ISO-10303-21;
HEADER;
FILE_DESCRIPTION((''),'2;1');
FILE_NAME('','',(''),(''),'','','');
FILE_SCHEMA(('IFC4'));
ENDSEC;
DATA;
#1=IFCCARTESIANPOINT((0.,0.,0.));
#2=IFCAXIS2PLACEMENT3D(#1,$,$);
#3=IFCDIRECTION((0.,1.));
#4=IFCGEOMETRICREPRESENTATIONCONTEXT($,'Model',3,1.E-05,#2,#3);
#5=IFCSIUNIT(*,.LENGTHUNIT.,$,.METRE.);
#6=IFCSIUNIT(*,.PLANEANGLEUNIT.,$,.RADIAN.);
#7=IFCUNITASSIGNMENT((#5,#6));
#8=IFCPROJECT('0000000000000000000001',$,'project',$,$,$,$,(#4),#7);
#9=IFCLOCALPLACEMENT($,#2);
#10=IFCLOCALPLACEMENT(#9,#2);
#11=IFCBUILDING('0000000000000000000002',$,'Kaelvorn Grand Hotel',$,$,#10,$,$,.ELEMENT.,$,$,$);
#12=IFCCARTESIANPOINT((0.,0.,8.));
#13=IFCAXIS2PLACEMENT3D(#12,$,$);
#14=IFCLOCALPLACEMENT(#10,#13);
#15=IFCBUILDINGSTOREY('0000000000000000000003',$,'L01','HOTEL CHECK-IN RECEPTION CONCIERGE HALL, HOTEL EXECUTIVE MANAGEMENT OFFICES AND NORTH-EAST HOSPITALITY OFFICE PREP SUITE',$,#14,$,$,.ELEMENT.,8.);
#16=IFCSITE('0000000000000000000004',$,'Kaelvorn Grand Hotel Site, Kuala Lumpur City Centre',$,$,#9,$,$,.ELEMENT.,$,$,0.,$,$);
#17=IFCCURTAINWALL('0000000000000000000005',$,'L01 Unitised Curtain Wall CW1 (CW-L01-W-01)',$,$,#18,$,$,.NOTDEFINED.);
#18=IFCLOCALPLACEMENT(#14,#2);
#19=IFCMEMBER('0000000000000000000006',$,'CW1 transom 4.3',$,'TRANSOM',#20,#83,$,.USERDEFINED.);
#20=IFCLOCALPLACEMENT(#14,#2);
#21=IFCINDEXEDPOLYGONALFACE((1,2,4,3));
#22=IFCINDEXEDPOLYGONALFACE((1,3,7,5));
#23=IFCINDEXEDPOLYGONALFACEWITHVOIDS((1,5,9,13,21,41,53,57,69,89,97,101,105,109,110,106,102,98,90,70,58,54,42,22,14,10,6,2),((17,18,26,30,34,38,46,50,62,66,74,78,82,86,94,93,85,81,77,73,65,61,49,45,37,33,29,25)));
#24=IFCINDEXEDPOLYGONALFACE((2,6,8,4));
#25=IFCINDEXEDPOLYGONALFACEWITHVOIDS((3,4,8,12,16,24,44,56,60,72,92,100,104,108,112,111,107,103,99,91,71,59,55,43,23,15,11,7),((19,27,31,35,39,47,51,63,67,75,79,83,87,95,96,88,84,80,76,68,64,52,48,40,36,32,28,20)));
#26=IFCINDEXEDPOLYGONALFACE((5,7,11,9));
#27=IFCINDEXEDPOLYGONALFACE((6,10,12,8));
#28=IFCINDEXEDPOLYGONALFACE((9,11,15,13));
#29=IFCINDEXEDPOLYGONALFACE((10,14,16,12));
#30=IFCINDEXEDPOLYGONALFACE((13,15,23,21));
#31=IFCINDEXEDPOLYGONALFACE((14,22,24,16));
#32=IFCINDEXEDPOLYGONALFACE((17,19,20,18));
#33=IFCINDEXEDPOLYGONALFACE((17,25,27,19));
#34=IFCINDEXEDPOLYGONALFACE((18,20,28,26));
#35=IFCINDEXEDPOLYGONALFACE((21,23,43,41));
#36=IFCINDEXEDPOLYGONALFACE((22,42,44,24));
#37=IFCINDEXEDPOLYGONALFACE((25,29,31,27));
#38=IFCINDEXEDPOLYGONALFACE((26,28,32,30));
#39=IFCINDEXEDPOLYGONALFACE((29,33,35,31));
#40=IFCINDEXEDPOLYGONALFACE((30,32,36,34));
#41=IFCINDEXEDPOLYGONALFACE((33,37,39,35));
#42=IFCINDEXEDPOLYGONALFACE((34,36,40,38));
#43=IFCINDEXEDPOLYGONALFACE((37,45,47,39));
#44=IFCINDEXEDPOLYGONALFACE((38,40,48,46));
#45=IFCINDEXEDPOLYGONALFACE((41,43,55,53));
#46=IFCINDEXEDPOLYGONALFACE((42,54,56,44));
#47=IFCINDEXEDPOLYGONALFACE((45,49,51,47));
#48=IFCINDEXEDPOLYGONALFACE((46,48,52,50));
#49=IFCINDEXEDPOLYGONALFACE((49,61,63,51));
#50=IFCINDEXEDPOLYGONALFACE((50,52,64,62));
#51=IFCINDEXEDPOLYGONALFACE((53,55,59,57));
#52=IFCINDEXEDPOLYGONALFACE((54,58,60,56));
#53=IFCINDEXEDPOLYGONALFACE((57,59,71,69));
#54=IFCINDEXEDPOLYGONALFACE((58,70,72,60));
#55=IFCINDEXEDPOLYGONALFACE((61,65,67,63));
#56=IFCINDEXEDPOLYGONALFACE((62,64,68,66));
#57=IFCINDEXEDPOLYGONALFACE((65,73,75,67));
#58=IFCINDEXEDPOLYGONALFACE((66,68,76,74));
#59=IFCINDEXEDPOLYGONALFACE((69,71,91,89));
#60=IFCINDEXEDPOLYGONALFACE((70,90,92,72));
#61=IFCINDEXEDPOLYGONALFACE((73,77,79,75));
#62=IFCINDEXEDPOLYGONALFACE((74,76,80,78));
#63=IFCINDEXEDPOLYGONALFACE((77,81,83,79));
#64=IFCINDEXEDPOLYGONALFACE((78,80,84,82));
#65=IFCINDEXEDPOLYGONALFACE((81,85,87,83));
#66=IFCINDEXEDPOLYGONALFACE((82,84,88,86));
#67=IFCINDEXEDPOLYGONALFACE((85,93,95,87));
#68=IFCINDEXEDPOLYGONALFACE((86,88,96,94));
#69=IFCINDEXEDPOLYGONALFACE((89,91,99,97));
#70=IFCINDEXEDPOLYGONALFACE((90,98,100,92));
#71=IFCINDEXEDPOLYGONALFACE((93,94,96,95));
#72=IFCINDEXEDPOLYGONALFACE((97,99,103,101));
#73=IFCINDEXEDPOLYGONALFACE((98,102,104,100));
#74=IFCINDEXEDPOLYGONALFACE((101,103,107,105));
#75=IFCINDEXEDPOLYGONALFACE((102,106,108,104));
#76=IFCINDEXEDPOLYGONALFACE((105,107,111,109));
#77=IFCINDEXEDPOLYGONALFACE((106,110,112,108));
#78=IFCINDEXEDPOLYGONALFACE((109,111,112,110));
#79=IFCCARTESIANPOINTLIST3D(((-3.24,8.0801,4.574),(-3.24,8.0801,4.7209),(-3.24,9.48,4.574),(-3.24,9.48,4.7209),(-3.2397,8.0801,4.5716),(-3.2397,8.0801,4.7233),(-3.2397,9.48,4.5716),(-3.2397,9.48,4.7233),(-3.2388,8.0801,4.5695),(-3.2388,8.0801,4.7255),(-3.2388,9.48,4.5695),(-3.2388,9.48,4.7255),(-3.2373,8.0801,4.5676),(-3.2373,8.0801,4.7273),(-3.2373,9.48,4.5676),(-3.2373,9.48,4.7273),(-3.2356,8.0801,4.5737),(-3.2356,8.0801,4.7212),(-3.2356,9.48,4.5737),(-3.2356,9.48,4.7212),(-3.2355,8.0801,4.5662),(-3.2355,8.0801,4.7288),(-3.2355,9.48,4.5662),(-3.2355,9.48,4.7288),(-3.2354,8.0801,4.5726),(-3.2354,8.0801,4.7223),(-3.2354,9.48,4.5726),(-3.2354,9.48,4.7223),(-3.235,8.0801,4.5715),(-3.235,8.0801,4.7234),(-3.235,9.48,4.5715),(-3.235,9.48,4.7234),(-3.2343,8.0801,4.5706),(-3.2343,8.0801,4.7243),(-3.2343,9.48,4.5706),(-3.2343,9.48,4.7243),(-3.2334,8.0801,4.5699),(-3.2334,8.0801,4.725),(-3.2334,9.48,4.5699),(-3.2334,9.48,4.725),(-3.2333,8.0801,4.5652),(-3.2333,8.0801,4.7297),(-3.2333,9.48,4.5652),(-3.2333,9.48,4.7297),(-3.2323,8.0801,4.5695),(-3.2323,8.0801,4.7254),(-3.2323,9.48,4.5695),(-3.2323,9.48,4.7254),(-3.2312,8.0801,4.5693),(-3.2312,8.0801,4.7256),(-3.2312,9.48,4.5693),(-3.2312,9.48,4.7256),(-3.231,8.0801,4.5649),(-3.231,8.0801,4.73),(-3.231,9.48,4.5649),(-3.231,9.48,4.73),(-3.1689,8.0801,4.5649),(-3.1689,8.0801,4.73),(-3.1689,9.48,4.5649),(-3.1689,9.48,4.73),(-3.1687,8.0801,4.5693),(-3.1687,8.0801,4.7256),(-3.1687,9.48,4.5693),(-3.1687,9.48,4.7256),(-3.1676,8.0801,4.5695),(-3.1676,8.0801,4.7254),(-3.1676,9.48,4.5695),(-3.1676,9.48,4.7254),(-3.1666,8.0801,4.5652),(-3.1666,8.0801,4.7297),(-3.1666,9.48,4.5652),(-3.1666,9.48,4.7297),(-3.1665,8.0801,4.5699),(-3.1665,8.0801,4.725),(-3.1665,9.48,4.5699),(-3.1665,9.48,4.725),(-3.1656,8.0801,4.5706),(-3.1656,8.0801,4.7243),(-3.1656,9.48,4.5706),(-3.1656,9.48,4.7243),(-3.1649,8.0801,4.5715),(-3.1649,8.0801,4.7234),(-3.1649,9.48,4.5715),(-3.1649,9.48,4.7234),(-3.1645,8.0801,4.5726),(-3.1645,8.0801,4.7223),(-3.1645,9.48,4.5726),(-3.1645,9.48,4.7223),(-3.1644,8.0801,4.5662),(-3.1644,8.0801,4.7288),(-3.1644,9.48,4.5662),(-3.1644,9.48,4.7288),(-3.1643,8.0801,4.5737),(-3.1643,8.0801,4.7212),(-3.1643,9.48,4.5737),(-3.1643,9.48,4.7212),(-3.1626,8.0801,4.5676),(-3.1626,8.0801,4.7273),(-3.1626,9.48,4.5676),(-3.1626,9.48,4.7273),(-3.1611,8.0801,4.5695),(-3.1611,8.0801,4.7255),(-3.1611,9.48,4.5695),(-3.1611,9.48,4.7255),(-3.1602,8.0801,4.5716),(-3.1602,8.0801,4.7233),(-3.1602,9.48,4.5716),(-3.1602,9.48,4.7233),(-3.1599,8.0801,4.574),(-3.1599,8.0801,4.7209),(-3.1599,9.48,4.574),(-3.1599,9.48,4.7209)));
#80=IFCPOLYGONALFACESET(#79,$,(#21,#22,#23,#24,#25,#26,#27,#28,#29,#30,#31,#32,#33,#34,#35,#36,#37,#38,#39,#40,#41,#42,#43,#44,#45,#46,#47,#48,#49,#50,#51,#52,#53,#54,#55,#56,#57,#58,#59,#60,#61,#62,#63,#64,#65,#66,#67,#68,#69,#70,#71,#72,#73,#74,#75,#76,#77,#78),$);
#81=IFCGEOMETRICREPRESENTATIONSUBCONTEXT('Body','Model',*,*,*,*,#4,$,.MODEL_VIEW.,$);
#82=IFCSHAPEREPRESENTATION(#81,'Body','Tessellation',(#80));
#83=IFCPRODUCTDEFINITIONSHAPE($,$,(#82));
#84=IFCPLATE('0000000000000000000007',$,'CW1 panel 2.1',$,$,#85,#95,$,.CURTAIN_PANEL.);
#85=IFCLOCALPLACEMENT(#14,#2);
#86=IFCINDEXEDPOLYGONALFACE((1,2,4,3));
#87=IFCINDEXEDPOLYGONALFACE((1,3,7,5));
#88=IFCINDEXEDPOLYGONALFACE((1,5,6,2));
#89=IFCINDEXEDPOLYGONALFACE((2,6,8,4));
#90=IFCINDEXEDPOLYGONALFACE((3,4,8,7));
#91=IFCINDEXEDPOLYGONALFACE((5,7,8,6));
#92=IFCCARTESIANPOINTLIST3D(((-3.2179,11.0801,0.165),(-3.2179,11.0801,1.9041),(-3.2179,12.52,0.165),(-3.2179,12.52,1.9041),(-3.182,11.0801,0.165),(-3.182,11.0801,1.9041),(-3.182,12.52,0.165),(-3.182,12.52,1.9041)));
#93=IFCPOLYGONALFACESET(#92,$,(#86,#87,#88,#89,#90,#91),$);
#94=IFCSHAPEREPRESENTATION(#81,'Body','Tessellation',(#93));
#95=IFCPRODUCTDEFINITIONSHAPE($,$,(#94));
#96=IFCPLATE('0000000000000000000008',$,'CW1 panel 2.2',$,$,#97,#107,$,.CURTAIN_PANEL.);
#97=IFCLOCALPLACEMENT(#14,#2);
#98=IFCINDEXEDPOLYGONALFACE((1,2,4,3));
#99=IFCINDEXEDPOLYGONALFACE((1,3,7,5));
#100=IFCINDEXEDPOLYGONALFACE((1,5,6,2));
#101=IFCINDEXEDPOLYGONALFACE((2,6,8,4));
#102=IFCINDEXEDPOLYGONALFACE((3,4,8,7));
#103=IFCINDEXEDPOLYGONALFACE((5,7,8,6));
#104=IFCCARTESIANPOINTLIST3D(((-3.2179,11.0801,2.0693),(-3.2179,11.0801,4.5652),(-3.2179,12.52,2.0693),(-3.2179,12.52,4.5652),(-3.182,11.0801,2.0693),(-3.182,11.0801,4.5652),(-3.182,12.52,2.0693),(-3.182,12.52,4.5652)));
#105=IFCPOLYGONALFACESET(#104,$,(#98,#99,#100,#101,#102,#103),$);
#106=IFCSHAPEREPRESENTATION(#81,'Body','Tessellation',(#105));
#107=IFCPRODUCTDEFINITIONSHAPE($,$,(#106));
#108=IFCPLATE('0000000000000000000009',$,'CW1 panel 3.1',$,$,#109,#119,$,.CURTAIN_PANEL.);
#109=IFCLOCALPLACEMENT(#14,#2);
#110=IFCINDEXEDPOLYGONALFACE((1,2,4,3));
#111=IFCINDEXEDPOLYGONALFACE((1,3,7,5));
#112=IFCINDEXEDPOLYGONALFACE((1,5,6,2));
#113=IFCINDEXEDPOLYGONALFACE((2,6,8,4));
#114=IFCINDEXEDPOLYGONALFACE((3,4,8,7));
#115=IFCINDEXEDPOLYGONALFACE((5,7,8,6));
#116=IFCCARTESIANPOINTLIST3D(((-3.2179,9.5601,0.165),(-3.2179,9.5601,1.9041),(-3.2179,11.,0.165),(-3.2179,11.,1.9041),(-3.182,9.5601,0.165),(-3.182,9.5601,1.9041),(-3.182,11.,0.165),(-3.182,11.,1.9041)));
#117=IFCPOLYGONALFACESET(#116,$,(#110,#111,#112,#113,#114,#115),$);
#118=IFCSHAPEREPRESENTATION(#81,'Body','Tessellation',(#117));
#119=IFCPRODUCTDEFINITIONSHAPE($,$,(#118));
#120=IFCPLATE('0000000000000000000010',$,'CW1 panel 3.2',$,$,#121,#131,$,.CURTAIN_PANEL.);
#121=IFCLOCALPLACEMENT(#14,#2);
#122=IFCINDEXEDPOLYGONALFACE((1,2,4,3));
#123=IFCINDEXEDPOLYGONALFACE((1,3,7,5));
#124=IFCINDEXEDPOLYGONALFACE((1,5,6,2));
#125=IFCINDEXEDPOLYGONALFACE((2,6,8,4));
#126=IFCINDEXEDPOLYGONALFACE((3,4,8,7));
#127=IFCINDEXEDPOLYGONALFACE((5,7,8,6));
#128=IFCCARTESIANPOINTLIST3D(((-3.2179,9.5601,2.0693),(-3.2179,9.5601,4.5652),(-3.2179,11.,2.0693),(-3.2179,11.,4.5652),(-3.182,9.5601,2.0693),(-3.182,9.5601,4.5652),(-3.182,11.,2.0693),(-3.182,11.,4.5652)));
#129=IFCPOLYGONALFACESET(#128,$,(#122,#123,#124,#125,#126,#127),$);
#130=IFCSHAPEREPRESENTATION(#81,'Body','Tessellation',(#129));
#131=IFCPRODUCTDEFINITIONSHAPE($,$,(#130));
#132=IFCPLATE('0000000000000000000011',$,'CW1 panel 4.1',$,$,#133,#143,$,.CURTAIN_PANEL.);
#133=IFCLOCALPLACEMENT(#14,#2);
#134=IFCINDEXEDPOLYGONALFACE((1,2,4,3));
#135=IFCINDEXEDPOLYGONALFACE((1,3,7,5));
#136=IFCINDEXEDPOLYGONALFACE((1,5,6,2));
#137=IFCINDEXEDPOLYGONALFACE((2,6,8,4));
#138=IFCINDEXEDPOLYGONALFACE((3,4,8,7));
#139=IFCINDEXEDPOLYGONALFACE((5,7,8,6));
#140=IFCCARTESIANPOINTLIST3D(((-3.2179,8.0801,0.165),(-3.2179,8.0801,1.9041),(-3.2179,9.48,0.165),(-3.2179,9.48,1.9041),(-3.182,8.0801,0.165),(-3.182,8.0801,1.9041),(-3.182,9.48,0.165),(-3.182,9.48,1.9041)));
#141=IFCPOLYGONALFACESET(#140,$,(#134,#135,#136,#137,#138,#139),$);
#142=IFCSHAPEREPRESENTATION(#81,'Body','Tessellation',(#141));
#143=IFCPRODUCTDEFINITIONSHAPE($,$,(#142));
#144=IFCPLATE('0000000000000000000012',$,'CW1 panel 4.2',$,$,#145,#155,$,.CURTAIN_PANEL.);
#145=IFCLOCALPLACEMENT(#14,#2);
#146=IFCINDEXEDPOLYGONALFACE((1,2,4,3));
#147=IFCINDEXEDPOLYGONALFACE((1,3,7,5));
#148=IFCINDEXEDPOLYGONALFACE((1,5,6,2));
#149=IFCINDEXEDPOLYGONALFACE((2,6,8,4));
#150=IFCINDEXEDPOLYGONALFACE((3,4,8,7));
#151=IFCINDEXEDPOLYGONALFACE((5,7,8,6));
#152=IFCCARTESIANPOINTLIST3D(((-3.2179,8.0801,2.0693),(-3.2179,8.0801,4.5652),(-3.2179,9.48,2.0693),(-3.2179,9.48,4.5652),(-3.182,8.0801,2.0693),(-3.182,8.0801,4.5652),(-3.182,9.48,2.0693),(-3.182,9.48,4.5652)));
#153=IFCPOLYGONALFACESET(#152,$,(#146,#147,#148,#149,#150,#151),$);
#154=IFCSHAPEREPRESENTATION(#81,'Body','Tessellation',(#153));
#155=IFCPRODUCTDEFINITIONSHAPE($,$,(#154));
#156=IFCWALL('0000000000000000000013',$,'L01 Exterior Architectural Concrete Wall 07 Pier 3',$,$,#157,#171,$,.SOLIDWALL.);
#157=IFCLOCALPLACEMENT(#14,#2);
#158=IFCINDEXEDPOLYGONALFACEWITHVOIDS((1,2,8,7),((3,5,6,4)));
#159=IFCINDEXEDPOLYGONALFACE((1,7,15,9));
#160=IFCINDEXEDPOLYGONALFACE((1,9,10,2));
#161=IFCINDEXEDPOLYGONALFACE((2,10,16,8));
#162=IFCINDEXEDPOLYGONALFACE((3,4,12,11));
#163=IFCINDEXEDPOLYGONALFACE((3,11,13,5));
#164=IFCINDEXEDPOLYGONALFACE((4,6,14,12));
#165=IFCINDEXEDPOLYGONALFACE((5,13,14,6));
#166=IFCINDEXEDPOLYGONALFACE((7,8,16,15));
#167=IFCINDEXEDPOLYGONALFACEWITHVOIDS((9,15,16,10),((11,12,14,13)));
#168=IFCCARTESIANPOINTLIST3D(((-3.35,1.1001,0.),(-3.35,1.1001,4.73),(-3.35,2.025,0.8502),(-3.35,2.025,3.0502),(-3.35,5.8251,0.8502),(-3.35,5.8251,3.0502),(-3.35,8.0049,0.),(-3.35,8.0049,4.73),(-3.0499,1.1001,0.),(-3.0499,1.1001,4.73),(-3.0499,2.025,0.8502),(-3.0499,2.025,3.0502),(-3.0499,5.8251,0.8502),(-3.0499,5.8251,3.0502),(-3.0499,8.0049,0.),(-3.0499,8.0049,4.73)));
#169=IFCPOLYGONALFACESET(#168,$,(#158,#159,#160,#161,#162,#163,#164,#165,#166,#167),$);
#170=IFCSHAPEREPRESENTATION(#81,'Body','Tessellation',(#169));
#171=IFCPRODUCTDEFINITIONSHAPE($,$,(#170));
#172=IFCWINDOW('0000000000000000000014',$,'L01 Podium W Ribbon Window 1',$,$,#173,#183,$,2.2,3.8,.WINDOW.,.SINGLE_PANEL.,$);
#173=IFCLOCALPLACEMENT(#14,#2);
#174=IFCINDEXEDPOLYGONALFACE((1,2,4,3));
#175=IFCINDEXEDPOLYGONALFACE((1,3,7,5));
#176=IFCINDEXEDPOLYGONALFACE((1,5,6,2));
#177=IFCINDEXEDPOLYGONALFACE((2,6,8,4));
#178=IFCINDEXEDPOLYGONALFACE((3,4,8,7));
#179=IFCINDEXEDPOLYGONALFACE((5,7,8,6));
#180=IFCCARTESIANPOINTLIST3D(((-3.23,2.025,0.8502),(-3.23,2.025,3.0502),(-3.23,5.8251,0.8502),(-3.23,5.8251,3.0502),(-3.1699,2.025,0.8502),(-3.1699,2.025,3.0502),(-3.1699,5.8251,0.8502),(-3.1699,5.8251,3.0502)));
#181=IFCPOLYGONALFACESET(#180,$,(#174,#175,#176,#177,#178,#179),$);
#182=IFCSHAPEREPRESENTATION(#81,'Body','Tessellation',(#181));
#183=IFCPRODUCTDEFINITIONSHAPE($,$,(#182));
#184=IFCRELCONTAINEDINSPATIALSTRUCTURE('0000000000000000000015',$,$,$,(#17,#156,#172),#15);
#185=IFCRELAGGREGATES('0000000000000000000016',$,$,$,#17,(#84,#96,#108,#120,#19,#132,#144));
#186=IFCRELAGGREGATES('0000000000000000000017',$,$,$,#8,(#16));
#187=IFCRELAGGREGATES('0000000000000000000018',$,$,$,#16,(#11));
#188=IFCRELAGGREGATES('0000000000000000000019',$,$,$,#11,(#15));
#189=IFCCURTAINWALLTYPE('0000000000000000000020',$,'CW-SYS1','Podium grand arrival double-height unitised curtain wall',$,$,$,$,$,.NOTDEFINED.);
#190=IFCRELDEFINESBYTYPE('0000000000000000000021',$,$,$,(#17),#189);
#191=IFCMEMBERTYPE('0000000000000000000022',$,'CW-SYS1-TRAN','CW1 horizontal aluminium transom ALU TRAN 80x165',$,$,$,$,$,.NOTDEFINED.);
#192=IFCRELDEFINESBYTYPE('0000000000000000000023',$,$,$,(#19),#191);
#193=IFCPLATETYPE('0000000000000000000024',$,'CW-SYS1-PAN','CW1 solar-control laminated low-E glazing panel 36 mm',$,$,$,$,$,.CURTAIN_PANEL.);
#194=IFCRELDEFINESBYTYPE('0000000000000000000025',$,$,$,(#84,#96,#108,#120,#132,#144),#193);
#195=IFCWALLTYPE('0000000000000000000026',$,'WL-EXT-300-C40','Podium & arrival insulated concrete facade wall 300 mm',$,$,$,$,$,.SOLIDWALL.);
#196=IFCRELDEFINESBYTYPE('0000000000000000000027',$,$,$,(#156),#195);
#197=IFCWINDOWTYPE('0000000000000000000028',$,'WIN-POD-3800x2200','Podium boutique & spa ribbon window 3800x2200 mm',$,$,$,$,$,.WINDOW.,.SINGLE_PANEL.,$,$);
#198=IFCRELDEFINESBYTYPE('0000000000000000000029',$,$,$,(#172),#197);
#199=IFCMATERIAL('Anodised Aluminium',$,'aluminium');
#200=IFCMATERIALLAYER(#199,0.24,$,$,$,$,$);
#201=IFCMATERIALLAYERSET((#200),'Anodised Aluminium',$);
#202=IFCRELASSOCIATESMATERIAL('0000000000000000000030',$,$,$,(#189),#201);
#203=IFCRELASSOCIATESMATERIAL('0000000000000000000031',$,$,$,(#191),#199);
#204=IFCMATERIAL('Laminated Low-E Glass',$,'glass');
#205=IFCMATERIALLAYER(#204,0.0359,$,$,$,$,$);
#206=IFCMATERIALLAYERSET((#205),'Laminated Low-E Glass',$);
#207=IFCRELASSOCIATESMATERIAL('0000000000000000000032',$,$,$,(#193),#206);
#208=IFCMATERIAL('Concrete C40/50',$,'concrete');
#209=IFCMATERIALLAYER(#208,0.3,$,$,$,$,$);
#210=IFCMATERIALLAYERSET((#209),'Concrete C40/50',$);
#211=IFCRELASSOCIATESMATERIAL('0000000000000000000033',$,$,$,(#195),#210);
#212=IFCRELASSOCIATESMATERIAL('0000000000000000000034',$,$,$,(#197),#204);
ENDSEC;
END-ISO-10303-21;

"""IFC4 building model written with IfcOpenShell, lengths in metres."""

from ifc_helpers import new_model, si_unit, direction, frame, frame_2d, origin, origin_2d, place, context, subcontext, project, spatial, rectangle, hollow_rectangle, extrude, material, layer, layer_set, material_profile, profile_set, type_object, element, fill, aggregate, save


model = new_model("IFC4")

# Units and contexts
model_context = context("Model", 3, precision=1e-05, world=origin(), true_north=direction((0.0, 1.0)))
body_context = subcontext(model_context, "Body", "Model", "MODEL_VIEW")
ifc_project = project(units=[si_unit("LENGTHUNIT", "METRE"), si_unit("PLANEANGLEUNIT", "RADIAN")], contexts=[model_context])

# Site, building, storey
site_placement = place(None, origin())
site = spatial("IfcSite", under=ifc_project, at=site_placement, Name="Kaelvorn Grand Hotel Site, Kuala Lumpur City Centre", CompositionType="ELEMENT", RefElevation=0.0)
building_placement = place(site_placement, origin())
building = spatial("IfcBuilding", under=site, at=building_placement, Name="Kaelvorn Grand Hotel", CompositionType="ELEMENT")
storey_placement = place(building_placement, frame((0.0, 0.0, 8.0)))
storey = spatial("IfcBuildingStorey", under=building, at=storey_placement, Name="L01", Description="HOTEL CHECK-IN RECEPTION CONCIERGE HALL, HOTEL EXECUTIVE MANAGEMENT OFFICES AND NORTH-EAST HOSPITALITY OFFICE PREP SUITE", CompositionType="ELEMENT", Elevation=8.0)

# Curtain wall, member, plates
ifc_material_1 = material(Name="Anodised Aluminium", Category="aluminium")
ifc_layer_1 = layer(ifc_material_1, 0.24)
ifc_layer_set_1 = layer_set([ifc_layer_1], Name="Anodised Aluminium")
curtain_wall_type = type_object("IfcCurtainWallType", Name="CW-SYS1", Description="Podium grand arrival double-height unitised curtain wall", PredefinedType="NOTDEFINED", material=ifc_layer_set_1)
curtain_wall_placement = place(storey_placement, origin())
curtain_wall = element("IfcCurtainWall", 1, at=curtain_wall_placement, inside=storey, type_object=curtain_wall_type, Name="L01 Unitised Curtain Wall CW1 (CW-L01-W-01)", PredefinedType="NOTDEFINED")
ifc_material_profile_1 = material_profile(ifc_material_1, hollow_rectangle(XDim=0.0801, YDim=0.165, WallThickness=0.0044, InnerFilletRadius=0.0044, OuterFilletRadius=0.009, at=origin_2d()), Name="ALU TRAN 80x165")
ifc_profile_set_1 = profile_set([ifc_material_profile_1], Name="Anodised Aluminium")
member_type_1 = type_object("IfcMemberType", Name="CW-SYS1-TRAN", Description="CW1 horizontal aluminium transom ALU TRAN 80x165", PredefinedType="NOTDEFINED", material=ifc_profile_set_1)
member_1_placement = place(storey_placement, frame((-3.2, 9.48, 4.6475), z_axis=(0.0, -1.0, 0.0), x_axis=(1.0, 0.0, 0.0)))
member_1 = element("IfcMember", 2, at=member_1_placement, type_object=member_type_1, Name="CW1 transom 4.3", ObjectType="TRANSOM", PredefinedType="USERDEFINED", context=body_context, shape_type="SweptSolid", body=[
    extrude(hollow_rectangle(XDim=0.0801, YDim=0.165, WallThickness=0.0044, InnerFilletRadius=0.0044, OuterFilletRadius=0.009, at=origin_2d()), origin(), (0.0, 0.0, 1.0), 1.3999),
])
ifc_material_2 = material(Name="Laminated Low-E Glass", Category="glass")
ifc_layer_2 = layer(ifc_material_2, 0.0359)
ifc_layer_set_2 = layer_set([ifc_layer_2], Name="Laminated Low-E Glass")
plate_type = type_object("IfcPlateType", Name="CW-SYS1-PAN", Description="CW1 solar-control laminated low-E glazing panel 36 mm", PredefinedType="CURTAIN_PANEL", material=ifc_layer_set_2)
plate_1_placement = place(storey_placement, frame((-3.2, 11.8, 0.165), z_axis=(0.0, 0.0, 1.0), x_axis=(0.0, -1.0, 0.0)))
plate_1 = element("IfcPlate", 3, at=plate_1_placement, type_object=plate_type, Name="CW1 panel 2.1", PredefinedType="CURTAIN_PANEL", context=body_context, shape_type="SweptSolid", body=[
    extrude(rectangle(XDim=1.4399, YDim=0.0359, at=origin_2d()), origin(), (0.0, 0.0, 1.0), 1.739),
])
plate_2_placement = place(storey_placement, frame((-3.2, 11.8, 2.0693), z_axis=(0.0, 0.0, 1.0), x_axis=(0.0, -1.0, 0.0)))
plate_2 = element("IfcPlate", 4, at=plate_2_placement, type_object=plate_type, Name="CW1 panel 2.2", PredefinedType="CURTAIN_PANEL", context=body_context, shape_type="SweptSolid", body=[
    extrude(rectangle(XDim=1.4399, YDim=0.0359, at=origin_2d()), origin(), (0.0, 0.0, 1.0), 2.4958),
])
plate_3_placement = place(storey_placement, frame((-3.2, 10.28, 0.165), z_axis=(0.0, 0.0, 1.0), x_axis=(0.0, -1.0, 0.0)))
plate_3 = element("IfcPlate", 5, at=plate_3_placement, type_object=plate_type, Name="CW1 panel 3.1", PredefinedType="CURTAIN_PANEL", context=body_context, shape_type="SweptSolid", body=[
    extrude(rectangle(XDim=1.4399, YDim=0.0359, at=origin_2d()), origin(), (0.0, 0.0, 1.0), 1.739),
])
plate_4_placement = place(storey_placement, frame((-3.2, 10.28, 2.0693), z_axis=(0.0, 0.0, 1.0), x_axis=(0.0, -1.0, 0.0)))
plate_4 = element("IfcPlate", 6, at=plate_4_placement, type_object=plate_type, Name="CW1 panel 3.2", PredefinedType="CURTAIN_PANEL", context=body_context, shape_type="SweptSolid", body=[
    extrude(rectangle(XDim=1.4399, YDim=0.0359, at=origin_2d()), origin(), (0.0, 0.0, 1.0), 2.4958),
])
plate_5_placement = place(storey_placement, frame((-3.2, 8.78, 0.165), z_axis=(0.0, 0.0, 1.0), x_axis=(0.0, -1.0, 0.0)))
plate_5 = element("IfcPlate", 7, at=plate_5_placement, type_object=plate_type, Name="CW1 panel 4.1", PredefinedType="CURTAIN_PANEL", context=body_context, shape_type="SweptSolid", body=[
    extrude(rectangle(XDim=1.3999, YDim=0.0359, at=origin_2d()), origin(), (0.0, 0.0, 1.0), 1.739),
])
plate_6_placement = place(storey_placement, frame((-3.2, 8.78, 2.0693), z_axis=(0.0, 0.0, 1.0), x_axis=(0.0, -1.0, 0.0)))
plate_6 = element("IfcPlate", 8, at=plate_6_placement, type_object=plate_type, Name="CW1 panel 4.2", PredefinedType="CURTAIN_PANEL", context=body_context, shape_type="SweptSolid", body=[
    extrude(rectangle(XDim=1.3999, YDim=0.0359, at=origin_2d()), origin(), (0.0, 0.0, 1.0), 2.4958),
])
aggregate(curtain_wall, [plate_1, plate_2, plate_3, plate_4, member_1, plate_5, plate_6])

# Wall, opening, window
ifc_material_3 = material(Name="Concrete C40/50", Category="concrete")
ifc_layer_3 = layer(ifc_material_3, 0.3)
ifc_layer_set_3 = layer_set([ifc_layer_3], Name="Concrete C40/50")
wall_type = type_object("IfcWallType", Name="WL-EXT-300-C40", Description="Podium & arrival insulated concrete facade wall 300 mm", PredefinedType="SOLIDWALL", material=ifc_layer_set_3)
wall_placement = place(storey_placement, frame((-3.2, 8.0049, 0.0), z_axis=(0.0, 0.0, 1.0), x_axis=(0.0, -1.0, 0.0)))
wall = element("IfcWall", 9, at=wall_placement, inside=storey, type_object=wall_type, Name="L01 Exterior Architectural Concrete Wall 07 Pier 3", PredefinedType="SOLIDWALL", context=body_context, shape_type="SweptSolid", body=[
    extrude(rectangle(XDim=6.9048, YDim=0.3, at=frame_2d((3.4524, 0.0))), origin(), (0.0, 0.0, 1.0), 4.73),
])
opening_placement = place(wall_placement, frame((2.1799, 0.0, 0.8501)))
opening = element("IfcOpeningElement", 10, at=opening_placement, cuts=wall, PredefinedType="OPENING", context=body_context, shape_type="SweptSolid", body=[
    extrude(rectangle(XDim=3.8, YDim=2.2, at=frame_2d((1.8999, 1.1001))), frame((0.0, 0.1602, 0.0), z_axis=(0.0, -1.0, 0.0), x_axis=(1.0, 0.0, 0.0)), (0.0, 0.0, 1.0), 0.3201),
])
window_type = type_object("IfcWindowType", Name="WIN-POD-3800x2200", Description="Podium boutique & spa ribbon window 3800x2200 mm", PartitioningType="SINGLE_PANEL", PredefinedType="WINDOW", material=ifc_material_2)
window_placement = place(opening_placement, origin())
window = element("IfcWindow", 11, at=window_placement, inside=storey, type_object=window_type, Name="L01 Podium W Ribbon Window 1", OverallHeight=2.2, OverallWidth=3.8, PartitioningType="SINGLE_PANEL", PredefinedType="WINDOW", context=body_context, shape_type="SweptSolid", body=[
    extrude(rectangle(XDim=3.8, YDim=2.2, at=frame_2d((1.8999, 1.1001))), frame((0.0, 0.03, 0.0), z_axis=(0.0, -1.0, 0.0), x_axis=(1.0, 0.0, 0.0)), (0.0, 0.0, 1.0), 0.0601),
])
fill(opening, window)

save(model, "model.ifc")
